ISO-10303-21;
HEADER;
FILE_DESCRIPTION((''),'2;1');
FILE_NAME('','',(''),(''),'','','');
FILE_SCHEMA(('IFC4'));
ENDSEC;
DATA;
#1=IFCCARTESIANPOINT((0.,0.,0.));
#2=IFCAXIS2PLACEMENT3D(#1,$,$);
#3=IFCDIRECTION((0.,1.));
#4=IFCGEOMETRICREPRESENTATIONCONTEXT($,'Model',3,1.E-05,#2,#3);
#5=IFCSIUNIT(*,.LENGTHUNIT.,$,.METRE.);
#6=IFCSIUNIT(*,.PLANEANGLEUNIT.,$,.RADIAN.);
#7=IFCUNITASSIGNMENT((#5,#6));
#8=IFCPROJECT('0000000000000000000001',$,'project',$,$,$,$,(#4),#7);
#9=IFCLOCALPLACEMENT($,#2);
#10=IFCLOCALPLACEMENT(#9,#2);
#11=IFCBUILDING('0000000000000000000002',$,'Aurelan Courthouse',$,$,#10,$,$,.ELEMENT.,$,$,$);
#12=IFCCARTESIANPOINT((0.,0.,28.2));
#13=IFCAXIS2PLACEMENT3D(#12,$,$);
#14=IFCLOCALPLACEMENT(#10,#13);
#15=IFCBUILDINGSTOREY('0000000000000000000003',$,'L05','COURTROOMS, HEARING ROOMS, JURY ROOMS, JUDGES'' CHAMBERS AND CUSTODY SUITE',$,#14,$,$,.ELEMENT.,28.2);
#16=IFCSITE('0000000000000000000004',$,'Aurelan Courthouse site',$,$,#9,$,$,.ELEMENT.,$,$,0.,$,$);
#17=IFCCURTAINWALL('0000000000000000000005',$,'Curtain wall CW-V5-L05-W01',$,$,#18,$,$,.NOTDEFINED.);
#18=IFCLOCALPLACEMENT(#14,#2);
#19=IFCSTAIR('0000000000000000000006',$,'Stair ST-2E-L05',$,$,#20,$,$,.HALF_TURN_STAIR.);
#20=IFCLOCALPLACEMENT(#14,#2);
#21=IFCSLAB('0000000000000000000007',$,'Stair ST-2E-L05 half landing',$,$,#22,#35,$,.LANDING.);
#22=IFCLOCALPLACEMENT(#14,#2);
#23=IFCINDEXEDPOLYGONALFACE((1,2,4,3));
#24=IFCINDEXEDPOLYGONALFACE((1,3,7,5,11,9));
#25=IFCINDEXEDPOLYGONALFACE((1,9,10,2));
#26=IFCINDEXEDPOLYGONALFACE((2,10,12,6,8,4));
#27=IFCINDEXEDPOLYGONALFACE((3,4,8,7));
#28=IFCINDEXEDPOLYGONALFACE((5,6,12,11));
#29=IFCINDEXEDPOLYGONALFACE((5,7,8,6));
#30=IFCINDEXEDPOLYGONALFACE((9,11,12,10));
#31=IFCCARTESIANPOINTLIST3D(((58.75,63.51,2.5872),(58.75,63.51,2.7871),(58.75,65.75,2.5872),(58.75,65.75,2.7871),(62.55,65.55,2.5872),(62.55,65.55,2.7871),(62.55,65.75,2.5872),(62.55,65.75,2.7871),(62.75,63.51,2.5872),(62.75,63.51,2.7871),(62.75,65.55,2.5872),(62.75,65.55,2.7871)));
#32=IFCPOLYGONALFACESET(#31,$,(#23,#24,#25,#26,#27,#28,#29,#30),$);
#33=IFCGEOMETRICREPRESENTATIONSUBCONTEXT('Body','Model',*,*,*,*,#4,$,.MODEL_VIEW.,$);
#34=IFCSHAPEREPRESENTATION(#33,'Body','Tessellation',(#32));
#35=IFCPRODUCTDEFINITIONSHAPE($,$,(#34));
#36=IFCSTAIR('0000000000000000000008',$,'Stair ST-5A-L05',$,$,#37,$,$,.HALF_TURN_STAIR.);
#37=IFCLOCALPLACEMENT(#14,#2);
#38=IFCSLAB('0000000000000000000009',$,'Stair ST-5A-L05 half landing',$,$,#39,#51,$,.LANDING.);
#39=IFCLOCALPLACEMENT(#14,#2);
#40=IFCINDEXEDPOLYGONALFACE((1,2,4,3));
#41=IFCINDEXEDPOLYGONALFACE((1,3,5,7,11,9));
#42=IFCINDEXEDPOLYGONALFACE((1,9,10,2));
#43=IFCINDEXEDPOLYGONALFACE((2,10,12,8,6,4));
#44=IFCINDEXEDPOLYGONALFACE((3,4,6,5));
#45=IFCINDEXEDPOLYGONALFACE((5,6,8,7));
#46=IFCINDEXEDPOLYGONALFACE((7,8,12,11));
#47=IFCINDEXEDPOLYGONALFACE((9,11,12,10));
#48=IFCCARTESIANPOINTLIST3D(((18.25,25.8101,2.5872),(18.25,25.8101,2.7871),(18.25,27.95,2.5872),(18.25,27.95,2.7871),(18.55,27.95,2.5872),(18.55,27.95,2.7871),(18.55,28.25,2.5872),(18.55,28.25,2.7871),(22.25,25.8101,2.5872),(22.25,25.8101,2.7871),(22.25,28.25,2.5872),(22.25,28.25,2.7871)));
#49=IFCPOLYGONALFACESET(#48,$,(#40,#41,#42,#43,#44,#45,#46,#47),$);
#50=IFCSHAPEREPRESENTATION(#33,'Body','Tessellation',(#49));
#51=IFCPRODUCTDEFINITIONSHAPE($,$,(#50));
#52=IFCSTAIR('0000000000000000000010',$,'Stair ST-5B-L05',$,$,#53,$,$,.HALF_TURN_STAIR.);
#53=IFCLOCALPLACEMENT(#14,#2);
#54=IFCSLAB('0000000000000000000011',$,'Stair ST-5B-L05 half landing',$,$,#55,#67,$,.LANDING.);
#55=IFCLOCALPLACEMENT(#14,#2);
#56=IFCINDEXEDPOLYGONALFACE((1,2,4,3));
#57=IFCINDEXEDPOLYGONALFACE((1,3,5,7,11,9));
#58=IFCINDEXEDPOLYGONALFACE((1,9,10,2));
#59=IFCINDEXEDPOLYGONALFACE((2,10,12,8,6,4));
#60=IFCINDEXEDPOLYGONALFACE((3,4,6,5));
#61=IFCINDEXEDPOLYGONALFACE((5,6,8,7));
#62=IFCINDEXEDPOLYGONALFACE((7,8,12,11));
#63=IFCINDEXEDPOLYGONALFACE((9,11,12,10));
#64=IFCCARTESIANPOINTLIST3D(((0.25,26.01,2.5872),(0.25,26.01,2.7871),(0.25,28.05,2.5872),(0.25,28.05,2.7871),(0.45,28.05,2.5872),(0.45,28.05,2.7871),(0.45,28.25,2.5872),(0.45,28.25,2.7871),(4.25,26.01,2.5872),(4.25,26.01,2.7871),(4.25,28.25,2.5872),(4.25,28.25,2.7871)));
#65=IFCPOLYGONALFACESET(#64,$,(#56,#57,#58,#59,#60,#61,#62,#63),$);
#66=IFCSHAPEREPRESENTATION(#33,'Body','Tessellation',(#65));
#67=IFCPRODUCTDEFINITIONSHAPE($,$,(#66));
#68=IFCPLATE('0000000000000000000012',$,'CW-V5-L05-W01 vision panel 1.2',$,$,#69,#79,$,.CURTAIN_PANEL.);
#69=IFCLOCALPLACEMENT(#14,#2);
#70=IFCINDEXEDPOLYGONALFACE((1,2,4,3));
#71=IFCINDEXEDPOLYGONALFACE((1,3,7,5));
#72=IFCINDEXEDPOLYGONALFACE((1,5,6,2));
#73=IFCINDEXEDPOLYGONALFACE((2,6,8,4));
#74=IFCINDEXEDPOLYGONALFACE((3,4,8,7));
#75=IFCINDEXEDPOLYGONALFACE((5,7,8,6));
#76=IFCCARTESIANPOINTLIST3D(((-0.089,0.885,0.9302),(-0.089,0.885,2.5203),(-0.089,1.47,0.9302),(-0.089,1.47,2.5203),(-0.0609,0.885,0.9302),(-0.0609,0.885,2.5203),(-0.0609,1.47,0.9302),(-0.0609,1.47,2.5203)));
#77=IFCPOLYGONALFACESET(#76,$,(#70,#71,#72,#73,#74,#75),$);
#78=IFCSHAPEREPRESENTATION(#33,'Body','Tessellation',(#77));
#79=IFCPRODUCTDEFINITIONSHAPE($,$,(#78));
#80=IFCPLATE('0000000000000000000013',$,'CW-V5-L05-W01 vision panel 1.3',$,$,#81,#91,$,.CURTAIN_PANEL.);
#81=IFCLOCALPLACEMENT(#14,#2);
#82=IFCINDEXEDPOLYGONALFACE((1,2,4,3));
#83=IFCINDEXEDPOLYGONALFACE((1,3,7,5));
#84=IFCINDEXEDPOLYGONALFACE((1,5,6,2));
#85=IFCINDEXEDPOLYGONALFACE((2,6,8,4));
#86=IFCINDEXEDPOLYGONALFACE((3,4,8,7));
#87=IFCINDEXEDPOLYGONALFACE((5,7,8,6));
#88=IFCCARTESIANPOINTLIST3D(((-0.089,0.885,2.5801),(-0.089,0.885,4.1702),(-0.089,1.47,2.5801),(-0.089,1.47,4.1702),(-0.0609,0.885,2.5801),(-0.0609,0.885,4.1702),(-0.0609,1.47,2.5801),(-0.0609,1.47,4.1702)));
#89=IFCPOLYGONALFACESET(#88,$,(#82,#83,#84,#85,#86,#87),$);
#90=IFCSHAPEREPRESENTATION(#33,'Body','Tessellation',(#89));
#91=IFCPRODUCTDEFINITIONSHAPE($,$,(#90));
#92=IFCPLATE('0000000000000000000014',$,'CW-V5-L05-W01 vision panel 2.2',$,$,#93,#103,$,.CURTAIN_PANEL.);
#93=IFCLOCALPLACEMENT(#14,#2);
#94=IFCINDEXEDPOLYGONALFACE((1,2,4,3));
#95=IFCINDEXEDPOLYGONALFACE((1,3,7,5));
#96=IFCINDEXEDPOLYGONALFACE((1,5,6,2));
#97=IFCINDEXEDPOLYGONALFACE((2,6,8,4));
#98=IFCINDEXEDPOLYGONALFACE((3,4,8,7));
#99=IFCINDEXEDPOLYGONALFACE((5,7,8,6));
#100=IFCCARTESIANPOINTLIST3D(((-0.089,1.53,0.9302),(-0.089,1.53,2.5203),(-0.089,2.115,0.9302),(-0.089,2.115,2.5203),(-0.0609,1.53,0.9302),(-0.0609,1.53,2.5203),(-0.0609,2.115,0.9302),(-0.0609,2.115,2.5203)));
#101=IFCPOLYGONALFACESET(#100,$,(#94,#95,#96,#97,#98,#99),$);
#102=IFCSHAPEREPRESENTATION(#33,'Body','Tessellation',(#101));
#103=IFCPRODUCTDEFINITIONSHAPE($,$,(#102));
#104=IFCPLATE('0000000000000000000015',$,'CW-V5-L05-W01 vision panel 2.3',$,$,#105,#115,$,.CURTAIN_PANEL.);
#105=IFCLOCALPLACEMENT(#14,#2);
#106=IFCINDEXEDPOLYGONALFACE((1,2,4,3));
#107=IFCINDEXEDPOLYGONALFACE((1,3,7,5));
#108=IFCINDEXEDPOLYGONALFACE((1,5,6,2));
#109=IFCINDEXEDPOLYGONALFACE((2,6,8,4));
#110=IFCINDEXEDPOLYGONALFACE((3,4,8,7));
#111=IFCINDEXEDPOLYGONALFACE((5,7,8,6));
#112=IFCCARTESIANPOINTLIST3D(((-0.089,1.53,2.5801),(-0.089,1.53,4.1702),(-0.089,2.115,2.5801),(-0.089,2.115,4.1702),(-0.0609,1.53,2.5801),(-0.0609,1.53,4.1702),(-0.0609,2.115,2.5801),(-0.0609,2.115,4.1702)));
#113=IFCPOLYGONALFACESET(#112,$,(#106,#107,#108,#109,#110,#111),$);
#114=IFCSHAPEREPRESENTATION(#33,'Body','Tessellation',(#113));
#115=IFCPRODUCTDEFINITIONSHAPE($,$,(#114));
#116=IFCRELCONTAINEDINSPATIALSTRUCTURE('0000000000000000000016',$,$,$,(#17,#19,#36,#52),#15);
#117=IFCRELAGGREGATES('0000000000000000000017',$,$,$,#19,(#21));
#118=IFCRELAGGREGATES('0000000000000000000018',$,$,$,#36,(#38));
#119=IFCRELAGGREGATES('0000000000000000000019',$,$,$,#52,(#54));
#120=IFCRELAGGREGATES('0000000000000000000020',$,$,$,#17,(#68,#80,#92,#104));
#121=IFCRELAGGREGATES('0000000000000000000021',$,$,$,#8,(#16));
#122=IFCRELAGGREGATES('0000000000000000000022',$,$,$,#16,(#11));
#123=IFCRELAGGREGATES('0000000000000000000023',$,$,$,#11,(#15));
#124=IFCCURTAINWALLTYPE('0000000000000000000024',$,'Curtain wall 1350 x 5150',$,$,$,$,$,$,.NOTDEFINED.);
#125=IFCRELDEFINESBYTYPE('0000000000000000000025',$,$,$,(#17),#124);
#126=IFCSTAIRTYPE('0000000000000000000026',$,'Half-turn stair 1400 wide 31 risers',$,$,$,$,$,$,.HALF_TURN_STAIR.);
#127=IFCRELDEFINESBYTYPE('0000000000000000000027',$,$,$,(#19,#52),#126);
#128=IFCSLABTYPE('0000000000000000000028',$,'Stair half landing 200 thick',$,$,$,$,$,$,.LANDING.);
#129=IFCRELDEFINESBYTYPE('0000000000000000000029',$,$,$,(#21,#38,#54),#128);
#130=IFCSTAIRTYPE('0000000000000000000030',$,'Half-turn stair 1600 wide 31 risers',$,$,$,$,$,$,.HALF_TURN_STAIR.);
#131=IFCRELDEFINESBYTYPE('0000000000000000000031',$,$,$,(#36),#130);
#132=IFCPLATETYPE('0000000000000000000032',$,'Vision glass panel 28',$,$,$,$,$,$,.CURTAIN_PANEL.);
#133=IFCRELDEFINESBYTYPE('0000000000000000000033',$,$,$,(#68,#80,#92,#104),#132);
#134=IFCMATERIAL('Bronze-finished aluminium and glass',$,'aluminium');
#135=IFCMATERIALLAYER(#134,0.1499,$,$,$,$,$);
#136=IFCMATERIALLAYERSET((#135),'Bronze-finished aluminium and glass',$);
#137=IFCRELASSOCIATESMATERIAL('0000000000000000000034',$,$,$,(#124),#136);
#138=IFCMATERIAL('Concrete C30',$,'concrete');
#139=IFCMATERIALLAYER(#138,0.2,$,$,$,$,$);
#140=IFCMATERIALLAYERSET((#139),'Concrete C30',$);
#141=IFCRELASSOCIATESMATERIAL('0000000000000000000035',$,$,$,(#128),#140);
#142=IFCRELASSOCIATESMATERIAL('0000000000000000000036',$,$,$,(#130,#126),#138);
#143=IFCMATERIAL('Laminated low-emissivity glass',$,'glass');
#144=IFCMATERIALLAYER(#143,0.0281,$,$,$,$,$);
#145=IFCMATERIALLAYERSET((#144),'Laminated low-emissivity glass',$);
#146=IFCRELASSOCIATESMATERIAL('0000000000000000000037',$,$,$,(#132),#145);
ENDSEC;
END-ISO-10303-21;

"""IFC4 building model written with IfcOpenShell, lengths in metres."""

from ifc_helpers import new_model, si_unit, direction, frame, origin, origin_2d, place, context, subcontext, project, spatial, polyline, rectangle, outline, extrude, material, layer, layer_set, type_object, element, aggregate, save


model = new_model("IFC4")

# Units and contexts
model_context = context("Model", 3, precision=1e-05, world=origin(), true_north=direction((0.0, 1.0)))
body_context = subcontext(model_context, "Body", "Model", "MODEL_VIEW")
ifc_project = project(units=[si_unit("LENGTHUNIT", "METRE"), si_unit("PLANEANGLEUNIT", "RADIAN")], contexts=[model_context])

# Site, building, storey
site_placement = place(None, origin())
site = spatial("IfcSite", under=ifc_project, at=site_placement, Name="Aurelan Courthouse site", CompositionType="ELEMENT", RefElevation=0.0)
building_placement = place(site_placement, origin())
building = spatial("IfcBuilding", under=site, at=building_placement, Name="Aurelan Courthouse", CompositionType="ELEMENT")
storey_placement = place(building_placement, frame((0.0, 0.0, 28.2)))
storey = spatial("IfcBuildingStorey", under=building, at=storey_placement, Name="L05", Description="COURTROOMS, HEARING ROOMS, JURY ROOMS, JUDGES' CHAMBERS AND CUSTODY SUITE", CompositionType="ELEMENT", Elevation=28.2)

# Shared definitions
ifc_material_1 = material(Name="Bronze-finished aluminium and glass", Category="aluminium")
ifc_layer_1 = layer(ifc_material_1, 0.1499)
ifc_layer_set_1 = layer_set([ifc_layer_1], Name="Bronze-finished aluminium and glass")
curtain_wall_type = type_object("IfcCurtainWallType", Name="Curtain wall 1350 x 5150", PredefinedType="NOTDEFINED", material=ifc_layer_set_1)

# Curtain wall
curtain_wall_1_placement = place(storey_placement, origin())
curtain_wall_1 = element("IfcCurtainWall", 1, at=curtain_wall_1_placement, inside=storey, type_object=curtain_wall_type, Name="Curtain wall CW-V5-L05-W01", PredefinedType="NOTDEFINED")

# Stairs, slabs
ifc_material_2 = material(Name="Concrete C30", Category="concrete")
ifc_layer_2 = layer(ifc_material_2, 0.2)
ifc_layer_set_2 = layer_set([ifc_layer_2], Name="Concrete C30")
slab_type = type_object("IfcSlabType", Name="Stair half landing 200 thick", PredefinedType="LANDING", material=ifc_layer_set_2)
stair_type_1 = type_object("IfcStairType", Name="Half-turn stair 1600 wide 31 risers", PredefinedType="HALF_TURN_STAIR", material=ifc_material_2)
stair_type_2 = type_object("IfcStairType", Name="Half-turn stair 1400 wide 31 risers", PredefinedType="HALF_TURN_STAIR", material=ifc_material_2)
stair_1_placement = place(storey_placement, origin())
stair_1 = element("IfcStair", 2, at=stair_1_placement, inside=storey, type_object=stair_type_2, Name="Stair ST-2E-L05", PredefinedType="HALF_TURN_STAIR")
slab_1_placement = place(storey_placement, frame((0.0, 0.0, 2.5872)))
slab_1 = element("IfcSlab", 3, at=slab_1_placement, type_object=slab_type, Name="Stair ST-2E-L05 half landing", PredefinedType="LANDING", context=body_context, shape_type="SweptSolid", body=[
    extrude(outline(polyline([(58.75, 65.75), (62.55, 65.75), (62.55, 65.55), (62.75, 65.55), (62.75, 63.51), (58.75, 63.51), (58.75, 65.75)])), origin(), (0.0, 0.0, 1.0), 0.2),
])
aggregate(stair_1, [slab_1])
stair_2_placement = place(storey_placement, origin())
stair_2 = element("IfcStair", 4, at=stair_2_placement, inside=storey, type_object=stair_type_1, Name="Stair ST-5A-L05", PredefinedType="HALF_TURN_STAIR")
slab_2_placement = place(storey_placement, frame((0.0, 0.0, 2.5872)))
slab_2 = element("IfcSlab", 5, at=slab_2_placement, type_object=slab_type, Name="Stair ST-5A-L05 half landing", PredefinedType="LANDING", context=body_context, shape_type="SweptSolid", body=[
    extrude(outline(polyline([(18.25, 27.95), (18.55, 27.95), (18.55, 28.25), (22.25, 28.25), (22.25, 25.8101), (18.25, 25.8101), (18.25, 27.95)])), origin(), (0.0, 0.0, 1.0), 0.2),
])
aggregate(stair_2, [slab_2])
stair_3_placement = place(storey_placement, origin())
stair_3 = element("IfcStair", 6, at=stair_3_placement, inside=storey, type_object=stair_type_2, Name="Stair ST-5B-L05", PredefinedType="HALF_TURN_STAIR")
slab_3_placement = place(storey_placement, frame((0.0, 0.0, 2.5872)))
slab_3 = element("IfcSlab", 7, at=slab_3_placement, type_object=slab_type, Name="Stair ST-5B-L05 half landing", PredefinedType="LANDING", context=body_context, shape_type="SweptSolid", body=[
    extrude(outline(polyline([(4.25, 28.25), (4.25, 26.01), (0.25, 26.01), (0.25, 28.05), (0.45, 28.05), (0.45, 28.25), (4.25, 28.25)])), origin(), (0.0, 0.0, 1.0), 0.2),
])
aggregate(stair_3, [slab_3])

# Plates
ifc_material_3 = material(Name="Laminated low-emissivity glass", Category="glass")
ifc_layer_3 = layer(ifc_material_3, 0.0281)
ifc_layer_set_3 = layer_set([ifc_layer_3], Name="Laminated low-emissivity glass")
plate_type_1 = type_object("IfcPlateType", Name="Vision glass panel 28", PredefinedType="CURTAIN_PANEL", material=ifc_layer_set_3)
plate_1_placement = place(storey_placement, frame((-0.075, 1.1775, 0.9302), z_axis=(0.0, 0.0, 1.0), x_axis=(0.0, 1.0, 0.0)))
plate_1 = element("IfcPlate", 8, at=plate_1_placement, type_object=plate_type_1, Name="CW-V5-L05-W01 vision panel 1.2", PredefinedType="CURTAIN_PANEL", context=body_context, shape_type="SweptSolid", body=[
    extrude(rectangle(XDim=0.585, YDim=0.0281, at=origin_2d()), origin(), (0.0, 0.0, 1.0), 1.5901),
])
plate_2_placement = place(storey_placement, frame((-0.075, 1.1775, 2.5801), z_axis=(0.0, 0.0, 1.0), x_axis=(0.0, 1.0, 0.0)))
plate_2 = element("IfcPlate", 9, at=plate_2_placement, type_object=plate_type_1, Name="CW-V5-L05-W01 vision panel 1.3", PredefinedType="CURTAIN_PANEL", context=body_context, shape_type="SweptSolid", body=[
    extrude(rectangle(XDim=0.585, YDim=0.0281, at=origin_2d()), origin(), (0.0, 0.0, 1.0), 1.5901),
])
plate_3_placement = place(storey_placement, frame((-0.075, 1.8225, 0.9302), z_axis=(0.0, 0.0, 1.0), x_axis=(0.0, 1.0, 0.0)))
plate_3 = element("IfcPlate", 10, at=plate_3_placement, type_object=plate_type_1, Name="CW-V5-L05-W01 vision panel 2.2", PredefinedType="CURTAIN_PANEL", context=body_context, shape_type="SweptSolid", body=[
    extrude(rectangle(XDim=0.585, YDim=0.0281, at=origin_2d()), origin(), (0.0, 0.0, 1.0), 1.5901),
])
plate_4_placement = place(storey_placement, frame((-0.075, 1.8225, 2.5801), z_axis=(0.0, 0.0, 1.0), x_axis=(0.0, 1.0, 0.0)))
plate_4 = element("IfcPlate", 11, at=plate_4_placement, type_object=plate_type_1, Name="CW-V5-L05-W01 vision panel 2.3", PredefinedType="CURTAIN_PANEL", context=body_context, shape_type="SweptSolid", body=[
    extrude(rectangle(XDim=0.585, YDim=0.0281, at=origin_2d()), origin(), (0.0, 0.0, 1.0), 1.5901),
])
aggregate(curtain_wall_1, [plate_1, plate_2, plate_3, plate_4])

save(model, "model.ifc")
